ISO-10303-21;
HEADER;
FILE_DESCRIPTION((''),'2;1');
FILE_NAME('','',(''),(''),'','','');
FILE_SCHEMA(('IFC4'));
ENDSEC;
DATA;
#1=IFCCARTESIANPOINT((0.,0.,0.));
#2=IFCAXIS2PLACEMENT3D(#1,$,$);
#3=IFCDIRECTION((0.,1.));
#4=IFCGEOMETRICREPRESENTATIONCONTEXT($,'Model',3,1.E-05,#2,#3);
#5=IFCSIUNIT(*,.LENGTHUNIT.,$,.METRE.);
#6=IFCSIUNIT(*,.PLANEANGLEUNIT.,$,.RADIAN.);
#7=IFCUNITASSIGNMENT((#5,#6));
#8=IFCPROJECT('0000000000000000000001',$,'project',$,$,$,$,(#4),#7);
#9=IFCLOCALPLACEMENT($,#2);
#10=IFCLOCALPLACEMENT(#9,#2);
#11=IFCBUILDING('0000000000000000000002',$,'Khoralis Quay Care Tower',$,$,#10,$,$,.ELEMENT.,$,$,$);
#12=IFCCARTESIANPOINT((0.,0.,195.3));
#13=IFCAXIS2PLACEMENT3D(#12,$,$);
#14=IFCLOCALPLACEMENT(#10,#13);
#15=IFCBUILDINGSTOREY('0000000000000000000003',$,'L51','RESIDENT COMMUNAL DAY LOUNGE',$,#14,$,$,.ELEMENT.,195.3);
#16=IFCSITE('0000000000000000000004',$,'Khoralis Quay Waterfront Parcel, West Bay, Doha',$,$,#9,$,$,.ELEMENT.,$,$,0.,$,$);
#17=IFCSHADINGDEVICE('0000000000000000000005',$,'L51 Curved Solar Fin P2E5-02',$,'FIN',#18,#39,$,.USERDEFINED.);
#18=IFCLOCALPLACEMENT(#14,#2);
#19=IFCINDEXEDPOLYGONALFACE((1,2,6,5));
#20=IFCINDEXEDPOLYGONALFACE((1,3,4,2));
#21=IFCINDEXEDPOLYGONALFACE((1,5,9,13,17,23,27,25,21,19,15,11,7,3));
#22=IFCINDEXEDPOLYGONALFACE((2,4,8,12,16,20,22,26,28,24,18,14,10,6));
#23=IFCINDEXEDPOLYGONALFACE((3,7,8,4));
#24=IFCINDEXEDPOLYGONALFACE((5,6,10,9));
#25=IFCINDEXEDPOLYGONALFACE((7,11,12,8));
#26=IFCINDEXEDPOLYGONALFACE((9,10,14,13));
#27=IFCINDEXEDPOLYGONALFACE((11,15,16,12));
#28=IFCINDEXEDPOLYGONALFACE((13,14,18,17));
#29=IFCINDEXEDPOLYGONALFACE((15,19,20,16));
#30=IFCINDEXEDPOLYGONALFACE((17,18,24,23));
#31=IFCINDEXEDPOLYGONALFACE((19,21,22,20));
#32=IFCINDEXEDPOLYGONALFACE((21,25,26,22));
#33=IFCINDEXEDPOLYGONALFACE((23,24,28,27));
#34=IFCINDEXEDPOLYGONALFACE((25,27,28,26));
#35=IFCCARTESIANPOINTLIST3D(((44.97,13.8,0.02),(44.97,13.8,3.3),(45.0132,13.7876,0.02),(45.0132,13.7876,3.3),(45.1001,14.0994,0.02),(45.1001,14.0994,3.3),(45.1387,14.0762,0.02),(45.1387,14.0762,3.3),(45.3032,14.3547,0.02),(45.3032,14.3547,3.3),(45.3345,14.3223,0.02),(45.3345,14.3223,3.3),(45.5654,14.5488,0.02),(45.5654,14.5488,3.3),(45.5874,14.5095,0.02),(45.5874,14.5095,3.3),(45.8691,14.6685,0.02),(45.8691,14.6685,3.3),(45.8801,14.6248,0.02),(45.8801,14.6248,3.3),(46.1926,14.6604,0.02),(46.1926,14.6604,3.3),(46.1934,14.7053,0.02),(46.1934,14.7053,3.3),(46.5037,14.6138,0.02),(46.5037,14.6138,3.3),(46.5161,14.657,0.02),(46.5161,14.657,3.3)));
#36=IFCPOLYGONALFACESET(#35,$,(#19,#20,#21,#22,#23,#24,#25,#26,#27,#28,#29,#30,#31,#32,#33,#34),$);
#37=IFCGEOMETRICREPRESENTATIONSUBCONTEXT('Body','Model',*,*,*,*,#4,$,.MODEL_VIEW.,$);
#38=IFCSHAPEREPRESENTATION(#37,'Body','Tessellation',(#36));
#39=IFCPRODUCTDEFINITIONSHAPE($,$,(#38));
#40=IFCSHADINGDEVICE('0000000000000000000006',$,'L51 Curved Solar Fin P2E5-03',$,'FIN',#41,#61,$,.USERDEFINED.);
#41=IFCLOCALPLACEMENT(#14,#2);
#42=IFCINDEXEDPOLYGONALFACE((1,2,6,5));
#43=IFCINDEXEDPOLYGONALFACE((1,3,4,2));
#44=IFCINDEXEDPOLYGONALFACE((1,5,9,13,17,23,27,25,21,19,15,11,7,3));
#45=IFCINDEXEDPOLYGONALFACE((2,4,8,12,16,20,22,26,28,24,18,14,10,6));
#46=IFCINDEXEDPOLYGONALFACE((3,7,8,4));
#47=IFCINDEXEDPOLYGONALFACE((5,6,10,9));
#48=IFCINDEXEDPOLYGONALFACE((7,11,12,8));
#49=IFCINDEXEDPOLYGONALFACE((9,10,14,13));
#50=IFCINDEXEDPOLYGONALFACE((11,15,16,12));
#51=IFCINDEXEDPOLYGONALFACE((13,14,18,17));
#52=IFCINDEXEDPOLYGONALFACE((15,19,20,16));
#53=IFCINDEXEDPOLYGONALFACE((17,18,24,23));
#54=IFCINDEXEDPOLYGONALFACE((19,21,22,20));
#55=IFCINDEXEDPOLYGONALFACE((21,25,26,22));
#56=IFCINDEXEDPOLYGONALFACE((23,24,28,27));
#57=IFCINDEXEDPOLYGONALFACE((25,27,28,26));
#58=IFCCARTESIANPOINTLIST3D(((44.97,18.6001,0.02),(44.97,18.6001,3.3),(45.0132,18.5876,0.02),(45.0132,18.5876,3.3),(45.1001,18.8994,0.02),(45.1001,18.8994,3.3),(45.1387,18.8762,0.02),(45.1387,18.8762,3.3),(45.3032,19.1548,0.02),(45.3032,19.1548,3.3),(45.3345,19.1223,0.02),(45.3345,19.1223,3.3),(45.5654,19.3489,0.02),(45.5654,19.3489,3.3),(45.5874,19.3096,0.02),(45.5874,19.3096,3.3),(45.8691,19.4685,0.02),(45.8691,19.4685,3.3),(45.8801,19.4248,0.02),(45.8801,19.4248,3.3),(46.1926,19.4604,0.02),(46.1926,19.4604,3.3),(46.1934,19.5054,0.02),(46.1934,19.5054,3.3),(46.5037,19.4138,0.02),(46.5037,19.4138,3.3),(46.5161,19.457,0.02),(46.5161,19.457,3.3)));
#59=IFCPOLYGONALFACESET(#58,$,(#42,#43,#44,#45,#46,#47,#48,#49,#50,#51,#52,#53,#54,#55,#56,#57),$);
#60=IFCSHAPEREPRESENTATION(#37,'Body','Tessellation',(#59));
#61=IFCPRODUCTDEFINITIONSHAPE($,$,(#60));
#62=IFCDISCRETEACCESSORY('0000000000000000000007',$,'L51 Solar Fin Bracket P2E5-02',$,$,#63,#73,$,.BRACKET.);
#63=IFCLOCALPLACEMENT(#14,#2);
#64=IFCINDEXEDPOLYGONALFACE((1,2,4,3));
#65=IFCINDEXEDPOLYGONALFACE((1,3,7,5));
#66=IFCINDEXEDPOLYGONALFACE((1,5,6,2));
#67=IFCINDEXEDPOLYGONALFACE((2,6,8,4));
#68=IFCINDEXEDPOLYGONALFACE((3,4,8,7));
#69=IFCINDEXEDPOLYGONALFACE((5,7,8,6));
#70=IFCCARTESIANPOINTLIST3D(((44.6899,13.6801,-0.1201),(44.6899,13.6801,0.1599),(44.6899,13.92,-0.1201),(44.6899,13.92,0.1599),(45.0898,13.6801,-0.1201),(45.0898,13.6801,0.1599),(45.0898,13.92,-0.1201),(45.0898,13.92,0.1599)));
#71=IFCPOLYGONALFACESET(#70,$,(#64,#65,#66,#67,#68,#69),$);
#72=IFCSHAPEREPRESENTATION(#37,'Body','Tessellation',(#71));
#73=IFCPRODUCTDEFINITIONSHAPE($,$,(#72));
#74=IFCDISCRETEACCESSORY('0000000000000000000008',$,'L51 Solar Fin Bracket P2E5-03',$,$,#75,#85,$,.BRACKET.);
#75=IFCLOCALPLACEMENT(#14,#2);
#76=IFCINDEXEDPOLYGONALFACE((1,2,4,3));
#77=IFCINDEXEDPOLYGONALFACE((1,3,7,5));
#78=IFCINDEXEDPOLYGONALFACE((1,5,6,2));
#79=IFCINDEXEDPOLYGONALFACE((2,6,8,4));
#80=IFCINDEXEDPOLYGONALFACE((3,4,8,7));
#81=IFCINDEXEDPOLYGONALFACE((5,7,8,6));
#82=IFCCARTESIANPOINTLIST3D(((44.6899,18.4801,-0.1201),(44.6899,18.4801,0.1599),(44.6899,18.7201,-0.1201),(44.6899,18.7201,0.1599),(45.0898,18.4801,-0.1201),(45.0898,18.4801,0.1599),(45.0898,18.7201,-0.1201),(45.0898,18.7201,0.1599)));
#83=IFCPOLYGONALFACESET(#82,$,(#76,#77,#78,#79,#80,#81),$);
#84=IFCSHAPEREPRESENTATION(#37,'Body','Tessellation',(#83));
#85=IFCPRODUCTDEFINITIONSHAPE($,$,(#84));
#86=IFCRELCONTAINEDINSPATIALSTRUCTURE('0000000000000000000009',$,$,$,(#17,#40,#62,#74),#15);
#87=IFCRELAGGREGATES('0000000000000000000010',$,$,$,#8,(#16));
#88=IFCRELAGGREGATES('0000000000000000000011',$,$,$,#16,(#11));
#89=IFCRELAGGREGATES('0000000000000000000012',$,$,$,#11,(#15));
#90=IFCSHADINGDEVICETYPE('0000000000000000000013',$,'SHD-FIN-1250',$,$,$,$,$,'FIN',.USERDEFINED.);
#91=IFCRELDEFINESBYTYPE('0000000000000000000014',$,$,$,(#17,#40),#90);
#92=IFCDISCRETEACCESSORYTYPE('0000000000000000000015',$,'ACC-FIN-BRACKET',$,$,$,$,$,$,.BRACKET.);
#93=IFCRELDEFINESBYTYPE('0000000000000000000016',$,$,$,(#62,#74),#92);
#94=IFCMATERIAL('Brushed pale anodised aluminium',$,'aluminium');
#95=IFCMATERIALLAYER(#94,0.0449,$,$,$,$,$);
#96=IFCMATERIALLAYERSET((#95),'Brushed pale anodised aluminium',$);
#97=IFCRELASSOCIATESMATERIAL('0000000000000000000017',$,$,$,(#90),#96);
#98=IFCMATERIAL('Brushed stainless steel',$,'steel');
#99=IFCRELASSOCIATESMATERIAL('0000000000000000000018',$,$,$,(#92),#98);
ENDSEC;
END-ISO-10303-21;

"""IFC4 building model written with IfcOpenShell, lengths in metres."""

from ifc_helpers import new_model, si_unit, direction, frame, origin, origin_2d, place, context, subcontext, project, spatial, polyline, rectangle, outline, extrude, source, transform, mapped, material, layer, layer_set, type_object, element, save


model = new_model("IFC4")

# Units and contexts
model_context = context("Model", 3, precision=1e-05, world=origin(), true_north=direction((0.0, 1.0)))
body_context = subcontext(model_context, "Body", "Model", "MODEL_VIEW")
ifc_project = project(units=[si_unit("LENGTHUNIT", "METRE"), si_unit("PLANEANGLEUNIT", "RADIAN")], contexts=[model_context])

# Site, building, storey
site_placement = place(None, origin())
site = spatial("IfcSite", under=ifc_project, at=site_placement, Name="Khoralis Quay Waterfront Parcel, West Bay, Doha", CompositionType="ELEMENT", RefElevation=0.0)
building_placement = place(site_placement, origin())
building = spatial("IfcBuilding", under=site, at=building_placement, Name="Khoralis Quay Care Tower", CompositionType="ELEMENT")
storey_placement = place(building_placement, frame((0.0, 0.0, 195.3)))
storey = spatial("IfcBuildingStorey", under=building, at=storey_placement, Name="L51", Description="RESIDENT COMMUNAL DAY LOUNGE", CompositionType="ELEMENT", Elevation=195.3)

# Shading devices
ifc_material_1 = material(Name="Brushed pale anodised aluminium", Category="aluminium")
ifc_layer_1 = layer(ifc_material_1, 0.0449)
ifc_layer_set_1 = layer_set([ifc_layer_1], Name="Brushed pale anodised aluminium")
shading_device_type = type_object("IfcShadingDeviceType", Name="SHD-FIN-1250", ElementType="FIN", PredefinedType="USERDEFINED", material=ifc_layer_set_1)
shared_shape_1 = source(origin(), body_context, "Body", "SweptSolid", [
    extrude(outline(polyline([(0.0, 0.0), (0.1301, 0.2993), (0.3333, 0.5547), (0.5955, 0.7488), (0.8992, 0.8684), (1.2234, 0.9053), (1.5461, 0.8569), (1.5337, 0.8137), (1.2227, 0.8604), (0.9102, 0.8247), (0.6174, 0.7095), (0.3645, 0.5222), (0.1687, 0.2761), (0.0432, -0.0125), (0.0, 0.0)])), origin(), (0.0, 0.0, 1.0), 3.28),
])
for number, where, z_axis, x_axis, name in (
    (1, (44.97, 13.8, 0.02), (0.0, 0.0, 1.0), (1.0, 0.0, 0.0), "L51 Curved Solar Fin P2E5-02"),
    (2, (44.97, 18.6001, 0.02), (0.0, 0.0, 1.0), (1.0, 0.0, 0.0), "L51 Curved Solar Fin P2E5-03"),
):
    element("IfcShadingDevice", number, at=place(storey_placement, frame(where, z_axis=z_axis, x_axis=x_axis)), inside=storey, type_object=shading_device_type, Name=name, ObjectType="FIN", PredefinedType="USERDEFINED", context=body_context, shape_type="MappedRepresentation", body=[
        mapped(shared_shape_1, transform((0.0, 0.0, 0.0), scale=1.0)),
    ])

# Discrete accessories
ifc_material_2 = material(Name="Brushed stainless steel", Category="steel")
discrete_accessory_type = type_object("IfcDiscreteAccessoryType", Name="ACC-FIN-BRACKET", PredefinedType="BRACKET", material=ifc_material_2)
shared_shape_2 = source(origin(), body_context, "Body", "SweptSolid", [
    extrude(rectangle(XDim=0.3999, YDim=0.24, at=origin_2d()), origin(), (0.0, 0.0, 1.0), 0.28),
])
for number, where, z_axis, x_axis, name in (
    (3, (44.8899, 13.8, -0.1201), (0.0, 0.0, 1.0), (1.0, 0.0, 0.0), "L51 Solar Fin Bracket P2E5-02"),
    (4, (44.8899, 18.6001, -0.1201), (0.0, 0.0, 1.0), (1.0, 0.0, 0.0), "L51 Solar Fin Bracket P2E5-03"),
):
    element("IfcDiscreteAccessory", number, at=place(storey_placement, frame(where, z_axis=z_axis, x_axis=x_axis)), inside=storey, type_object=discrete_accessory_type, Name=name, PredefinedType="BRACKET", context=body_context, shape_type="MappedRepresentation", body=[
        mapped(shared_shape_2, transform((0.0, 0.0, 0.0), scale=1.0)),
    ])

save(model, "model.ifc")
